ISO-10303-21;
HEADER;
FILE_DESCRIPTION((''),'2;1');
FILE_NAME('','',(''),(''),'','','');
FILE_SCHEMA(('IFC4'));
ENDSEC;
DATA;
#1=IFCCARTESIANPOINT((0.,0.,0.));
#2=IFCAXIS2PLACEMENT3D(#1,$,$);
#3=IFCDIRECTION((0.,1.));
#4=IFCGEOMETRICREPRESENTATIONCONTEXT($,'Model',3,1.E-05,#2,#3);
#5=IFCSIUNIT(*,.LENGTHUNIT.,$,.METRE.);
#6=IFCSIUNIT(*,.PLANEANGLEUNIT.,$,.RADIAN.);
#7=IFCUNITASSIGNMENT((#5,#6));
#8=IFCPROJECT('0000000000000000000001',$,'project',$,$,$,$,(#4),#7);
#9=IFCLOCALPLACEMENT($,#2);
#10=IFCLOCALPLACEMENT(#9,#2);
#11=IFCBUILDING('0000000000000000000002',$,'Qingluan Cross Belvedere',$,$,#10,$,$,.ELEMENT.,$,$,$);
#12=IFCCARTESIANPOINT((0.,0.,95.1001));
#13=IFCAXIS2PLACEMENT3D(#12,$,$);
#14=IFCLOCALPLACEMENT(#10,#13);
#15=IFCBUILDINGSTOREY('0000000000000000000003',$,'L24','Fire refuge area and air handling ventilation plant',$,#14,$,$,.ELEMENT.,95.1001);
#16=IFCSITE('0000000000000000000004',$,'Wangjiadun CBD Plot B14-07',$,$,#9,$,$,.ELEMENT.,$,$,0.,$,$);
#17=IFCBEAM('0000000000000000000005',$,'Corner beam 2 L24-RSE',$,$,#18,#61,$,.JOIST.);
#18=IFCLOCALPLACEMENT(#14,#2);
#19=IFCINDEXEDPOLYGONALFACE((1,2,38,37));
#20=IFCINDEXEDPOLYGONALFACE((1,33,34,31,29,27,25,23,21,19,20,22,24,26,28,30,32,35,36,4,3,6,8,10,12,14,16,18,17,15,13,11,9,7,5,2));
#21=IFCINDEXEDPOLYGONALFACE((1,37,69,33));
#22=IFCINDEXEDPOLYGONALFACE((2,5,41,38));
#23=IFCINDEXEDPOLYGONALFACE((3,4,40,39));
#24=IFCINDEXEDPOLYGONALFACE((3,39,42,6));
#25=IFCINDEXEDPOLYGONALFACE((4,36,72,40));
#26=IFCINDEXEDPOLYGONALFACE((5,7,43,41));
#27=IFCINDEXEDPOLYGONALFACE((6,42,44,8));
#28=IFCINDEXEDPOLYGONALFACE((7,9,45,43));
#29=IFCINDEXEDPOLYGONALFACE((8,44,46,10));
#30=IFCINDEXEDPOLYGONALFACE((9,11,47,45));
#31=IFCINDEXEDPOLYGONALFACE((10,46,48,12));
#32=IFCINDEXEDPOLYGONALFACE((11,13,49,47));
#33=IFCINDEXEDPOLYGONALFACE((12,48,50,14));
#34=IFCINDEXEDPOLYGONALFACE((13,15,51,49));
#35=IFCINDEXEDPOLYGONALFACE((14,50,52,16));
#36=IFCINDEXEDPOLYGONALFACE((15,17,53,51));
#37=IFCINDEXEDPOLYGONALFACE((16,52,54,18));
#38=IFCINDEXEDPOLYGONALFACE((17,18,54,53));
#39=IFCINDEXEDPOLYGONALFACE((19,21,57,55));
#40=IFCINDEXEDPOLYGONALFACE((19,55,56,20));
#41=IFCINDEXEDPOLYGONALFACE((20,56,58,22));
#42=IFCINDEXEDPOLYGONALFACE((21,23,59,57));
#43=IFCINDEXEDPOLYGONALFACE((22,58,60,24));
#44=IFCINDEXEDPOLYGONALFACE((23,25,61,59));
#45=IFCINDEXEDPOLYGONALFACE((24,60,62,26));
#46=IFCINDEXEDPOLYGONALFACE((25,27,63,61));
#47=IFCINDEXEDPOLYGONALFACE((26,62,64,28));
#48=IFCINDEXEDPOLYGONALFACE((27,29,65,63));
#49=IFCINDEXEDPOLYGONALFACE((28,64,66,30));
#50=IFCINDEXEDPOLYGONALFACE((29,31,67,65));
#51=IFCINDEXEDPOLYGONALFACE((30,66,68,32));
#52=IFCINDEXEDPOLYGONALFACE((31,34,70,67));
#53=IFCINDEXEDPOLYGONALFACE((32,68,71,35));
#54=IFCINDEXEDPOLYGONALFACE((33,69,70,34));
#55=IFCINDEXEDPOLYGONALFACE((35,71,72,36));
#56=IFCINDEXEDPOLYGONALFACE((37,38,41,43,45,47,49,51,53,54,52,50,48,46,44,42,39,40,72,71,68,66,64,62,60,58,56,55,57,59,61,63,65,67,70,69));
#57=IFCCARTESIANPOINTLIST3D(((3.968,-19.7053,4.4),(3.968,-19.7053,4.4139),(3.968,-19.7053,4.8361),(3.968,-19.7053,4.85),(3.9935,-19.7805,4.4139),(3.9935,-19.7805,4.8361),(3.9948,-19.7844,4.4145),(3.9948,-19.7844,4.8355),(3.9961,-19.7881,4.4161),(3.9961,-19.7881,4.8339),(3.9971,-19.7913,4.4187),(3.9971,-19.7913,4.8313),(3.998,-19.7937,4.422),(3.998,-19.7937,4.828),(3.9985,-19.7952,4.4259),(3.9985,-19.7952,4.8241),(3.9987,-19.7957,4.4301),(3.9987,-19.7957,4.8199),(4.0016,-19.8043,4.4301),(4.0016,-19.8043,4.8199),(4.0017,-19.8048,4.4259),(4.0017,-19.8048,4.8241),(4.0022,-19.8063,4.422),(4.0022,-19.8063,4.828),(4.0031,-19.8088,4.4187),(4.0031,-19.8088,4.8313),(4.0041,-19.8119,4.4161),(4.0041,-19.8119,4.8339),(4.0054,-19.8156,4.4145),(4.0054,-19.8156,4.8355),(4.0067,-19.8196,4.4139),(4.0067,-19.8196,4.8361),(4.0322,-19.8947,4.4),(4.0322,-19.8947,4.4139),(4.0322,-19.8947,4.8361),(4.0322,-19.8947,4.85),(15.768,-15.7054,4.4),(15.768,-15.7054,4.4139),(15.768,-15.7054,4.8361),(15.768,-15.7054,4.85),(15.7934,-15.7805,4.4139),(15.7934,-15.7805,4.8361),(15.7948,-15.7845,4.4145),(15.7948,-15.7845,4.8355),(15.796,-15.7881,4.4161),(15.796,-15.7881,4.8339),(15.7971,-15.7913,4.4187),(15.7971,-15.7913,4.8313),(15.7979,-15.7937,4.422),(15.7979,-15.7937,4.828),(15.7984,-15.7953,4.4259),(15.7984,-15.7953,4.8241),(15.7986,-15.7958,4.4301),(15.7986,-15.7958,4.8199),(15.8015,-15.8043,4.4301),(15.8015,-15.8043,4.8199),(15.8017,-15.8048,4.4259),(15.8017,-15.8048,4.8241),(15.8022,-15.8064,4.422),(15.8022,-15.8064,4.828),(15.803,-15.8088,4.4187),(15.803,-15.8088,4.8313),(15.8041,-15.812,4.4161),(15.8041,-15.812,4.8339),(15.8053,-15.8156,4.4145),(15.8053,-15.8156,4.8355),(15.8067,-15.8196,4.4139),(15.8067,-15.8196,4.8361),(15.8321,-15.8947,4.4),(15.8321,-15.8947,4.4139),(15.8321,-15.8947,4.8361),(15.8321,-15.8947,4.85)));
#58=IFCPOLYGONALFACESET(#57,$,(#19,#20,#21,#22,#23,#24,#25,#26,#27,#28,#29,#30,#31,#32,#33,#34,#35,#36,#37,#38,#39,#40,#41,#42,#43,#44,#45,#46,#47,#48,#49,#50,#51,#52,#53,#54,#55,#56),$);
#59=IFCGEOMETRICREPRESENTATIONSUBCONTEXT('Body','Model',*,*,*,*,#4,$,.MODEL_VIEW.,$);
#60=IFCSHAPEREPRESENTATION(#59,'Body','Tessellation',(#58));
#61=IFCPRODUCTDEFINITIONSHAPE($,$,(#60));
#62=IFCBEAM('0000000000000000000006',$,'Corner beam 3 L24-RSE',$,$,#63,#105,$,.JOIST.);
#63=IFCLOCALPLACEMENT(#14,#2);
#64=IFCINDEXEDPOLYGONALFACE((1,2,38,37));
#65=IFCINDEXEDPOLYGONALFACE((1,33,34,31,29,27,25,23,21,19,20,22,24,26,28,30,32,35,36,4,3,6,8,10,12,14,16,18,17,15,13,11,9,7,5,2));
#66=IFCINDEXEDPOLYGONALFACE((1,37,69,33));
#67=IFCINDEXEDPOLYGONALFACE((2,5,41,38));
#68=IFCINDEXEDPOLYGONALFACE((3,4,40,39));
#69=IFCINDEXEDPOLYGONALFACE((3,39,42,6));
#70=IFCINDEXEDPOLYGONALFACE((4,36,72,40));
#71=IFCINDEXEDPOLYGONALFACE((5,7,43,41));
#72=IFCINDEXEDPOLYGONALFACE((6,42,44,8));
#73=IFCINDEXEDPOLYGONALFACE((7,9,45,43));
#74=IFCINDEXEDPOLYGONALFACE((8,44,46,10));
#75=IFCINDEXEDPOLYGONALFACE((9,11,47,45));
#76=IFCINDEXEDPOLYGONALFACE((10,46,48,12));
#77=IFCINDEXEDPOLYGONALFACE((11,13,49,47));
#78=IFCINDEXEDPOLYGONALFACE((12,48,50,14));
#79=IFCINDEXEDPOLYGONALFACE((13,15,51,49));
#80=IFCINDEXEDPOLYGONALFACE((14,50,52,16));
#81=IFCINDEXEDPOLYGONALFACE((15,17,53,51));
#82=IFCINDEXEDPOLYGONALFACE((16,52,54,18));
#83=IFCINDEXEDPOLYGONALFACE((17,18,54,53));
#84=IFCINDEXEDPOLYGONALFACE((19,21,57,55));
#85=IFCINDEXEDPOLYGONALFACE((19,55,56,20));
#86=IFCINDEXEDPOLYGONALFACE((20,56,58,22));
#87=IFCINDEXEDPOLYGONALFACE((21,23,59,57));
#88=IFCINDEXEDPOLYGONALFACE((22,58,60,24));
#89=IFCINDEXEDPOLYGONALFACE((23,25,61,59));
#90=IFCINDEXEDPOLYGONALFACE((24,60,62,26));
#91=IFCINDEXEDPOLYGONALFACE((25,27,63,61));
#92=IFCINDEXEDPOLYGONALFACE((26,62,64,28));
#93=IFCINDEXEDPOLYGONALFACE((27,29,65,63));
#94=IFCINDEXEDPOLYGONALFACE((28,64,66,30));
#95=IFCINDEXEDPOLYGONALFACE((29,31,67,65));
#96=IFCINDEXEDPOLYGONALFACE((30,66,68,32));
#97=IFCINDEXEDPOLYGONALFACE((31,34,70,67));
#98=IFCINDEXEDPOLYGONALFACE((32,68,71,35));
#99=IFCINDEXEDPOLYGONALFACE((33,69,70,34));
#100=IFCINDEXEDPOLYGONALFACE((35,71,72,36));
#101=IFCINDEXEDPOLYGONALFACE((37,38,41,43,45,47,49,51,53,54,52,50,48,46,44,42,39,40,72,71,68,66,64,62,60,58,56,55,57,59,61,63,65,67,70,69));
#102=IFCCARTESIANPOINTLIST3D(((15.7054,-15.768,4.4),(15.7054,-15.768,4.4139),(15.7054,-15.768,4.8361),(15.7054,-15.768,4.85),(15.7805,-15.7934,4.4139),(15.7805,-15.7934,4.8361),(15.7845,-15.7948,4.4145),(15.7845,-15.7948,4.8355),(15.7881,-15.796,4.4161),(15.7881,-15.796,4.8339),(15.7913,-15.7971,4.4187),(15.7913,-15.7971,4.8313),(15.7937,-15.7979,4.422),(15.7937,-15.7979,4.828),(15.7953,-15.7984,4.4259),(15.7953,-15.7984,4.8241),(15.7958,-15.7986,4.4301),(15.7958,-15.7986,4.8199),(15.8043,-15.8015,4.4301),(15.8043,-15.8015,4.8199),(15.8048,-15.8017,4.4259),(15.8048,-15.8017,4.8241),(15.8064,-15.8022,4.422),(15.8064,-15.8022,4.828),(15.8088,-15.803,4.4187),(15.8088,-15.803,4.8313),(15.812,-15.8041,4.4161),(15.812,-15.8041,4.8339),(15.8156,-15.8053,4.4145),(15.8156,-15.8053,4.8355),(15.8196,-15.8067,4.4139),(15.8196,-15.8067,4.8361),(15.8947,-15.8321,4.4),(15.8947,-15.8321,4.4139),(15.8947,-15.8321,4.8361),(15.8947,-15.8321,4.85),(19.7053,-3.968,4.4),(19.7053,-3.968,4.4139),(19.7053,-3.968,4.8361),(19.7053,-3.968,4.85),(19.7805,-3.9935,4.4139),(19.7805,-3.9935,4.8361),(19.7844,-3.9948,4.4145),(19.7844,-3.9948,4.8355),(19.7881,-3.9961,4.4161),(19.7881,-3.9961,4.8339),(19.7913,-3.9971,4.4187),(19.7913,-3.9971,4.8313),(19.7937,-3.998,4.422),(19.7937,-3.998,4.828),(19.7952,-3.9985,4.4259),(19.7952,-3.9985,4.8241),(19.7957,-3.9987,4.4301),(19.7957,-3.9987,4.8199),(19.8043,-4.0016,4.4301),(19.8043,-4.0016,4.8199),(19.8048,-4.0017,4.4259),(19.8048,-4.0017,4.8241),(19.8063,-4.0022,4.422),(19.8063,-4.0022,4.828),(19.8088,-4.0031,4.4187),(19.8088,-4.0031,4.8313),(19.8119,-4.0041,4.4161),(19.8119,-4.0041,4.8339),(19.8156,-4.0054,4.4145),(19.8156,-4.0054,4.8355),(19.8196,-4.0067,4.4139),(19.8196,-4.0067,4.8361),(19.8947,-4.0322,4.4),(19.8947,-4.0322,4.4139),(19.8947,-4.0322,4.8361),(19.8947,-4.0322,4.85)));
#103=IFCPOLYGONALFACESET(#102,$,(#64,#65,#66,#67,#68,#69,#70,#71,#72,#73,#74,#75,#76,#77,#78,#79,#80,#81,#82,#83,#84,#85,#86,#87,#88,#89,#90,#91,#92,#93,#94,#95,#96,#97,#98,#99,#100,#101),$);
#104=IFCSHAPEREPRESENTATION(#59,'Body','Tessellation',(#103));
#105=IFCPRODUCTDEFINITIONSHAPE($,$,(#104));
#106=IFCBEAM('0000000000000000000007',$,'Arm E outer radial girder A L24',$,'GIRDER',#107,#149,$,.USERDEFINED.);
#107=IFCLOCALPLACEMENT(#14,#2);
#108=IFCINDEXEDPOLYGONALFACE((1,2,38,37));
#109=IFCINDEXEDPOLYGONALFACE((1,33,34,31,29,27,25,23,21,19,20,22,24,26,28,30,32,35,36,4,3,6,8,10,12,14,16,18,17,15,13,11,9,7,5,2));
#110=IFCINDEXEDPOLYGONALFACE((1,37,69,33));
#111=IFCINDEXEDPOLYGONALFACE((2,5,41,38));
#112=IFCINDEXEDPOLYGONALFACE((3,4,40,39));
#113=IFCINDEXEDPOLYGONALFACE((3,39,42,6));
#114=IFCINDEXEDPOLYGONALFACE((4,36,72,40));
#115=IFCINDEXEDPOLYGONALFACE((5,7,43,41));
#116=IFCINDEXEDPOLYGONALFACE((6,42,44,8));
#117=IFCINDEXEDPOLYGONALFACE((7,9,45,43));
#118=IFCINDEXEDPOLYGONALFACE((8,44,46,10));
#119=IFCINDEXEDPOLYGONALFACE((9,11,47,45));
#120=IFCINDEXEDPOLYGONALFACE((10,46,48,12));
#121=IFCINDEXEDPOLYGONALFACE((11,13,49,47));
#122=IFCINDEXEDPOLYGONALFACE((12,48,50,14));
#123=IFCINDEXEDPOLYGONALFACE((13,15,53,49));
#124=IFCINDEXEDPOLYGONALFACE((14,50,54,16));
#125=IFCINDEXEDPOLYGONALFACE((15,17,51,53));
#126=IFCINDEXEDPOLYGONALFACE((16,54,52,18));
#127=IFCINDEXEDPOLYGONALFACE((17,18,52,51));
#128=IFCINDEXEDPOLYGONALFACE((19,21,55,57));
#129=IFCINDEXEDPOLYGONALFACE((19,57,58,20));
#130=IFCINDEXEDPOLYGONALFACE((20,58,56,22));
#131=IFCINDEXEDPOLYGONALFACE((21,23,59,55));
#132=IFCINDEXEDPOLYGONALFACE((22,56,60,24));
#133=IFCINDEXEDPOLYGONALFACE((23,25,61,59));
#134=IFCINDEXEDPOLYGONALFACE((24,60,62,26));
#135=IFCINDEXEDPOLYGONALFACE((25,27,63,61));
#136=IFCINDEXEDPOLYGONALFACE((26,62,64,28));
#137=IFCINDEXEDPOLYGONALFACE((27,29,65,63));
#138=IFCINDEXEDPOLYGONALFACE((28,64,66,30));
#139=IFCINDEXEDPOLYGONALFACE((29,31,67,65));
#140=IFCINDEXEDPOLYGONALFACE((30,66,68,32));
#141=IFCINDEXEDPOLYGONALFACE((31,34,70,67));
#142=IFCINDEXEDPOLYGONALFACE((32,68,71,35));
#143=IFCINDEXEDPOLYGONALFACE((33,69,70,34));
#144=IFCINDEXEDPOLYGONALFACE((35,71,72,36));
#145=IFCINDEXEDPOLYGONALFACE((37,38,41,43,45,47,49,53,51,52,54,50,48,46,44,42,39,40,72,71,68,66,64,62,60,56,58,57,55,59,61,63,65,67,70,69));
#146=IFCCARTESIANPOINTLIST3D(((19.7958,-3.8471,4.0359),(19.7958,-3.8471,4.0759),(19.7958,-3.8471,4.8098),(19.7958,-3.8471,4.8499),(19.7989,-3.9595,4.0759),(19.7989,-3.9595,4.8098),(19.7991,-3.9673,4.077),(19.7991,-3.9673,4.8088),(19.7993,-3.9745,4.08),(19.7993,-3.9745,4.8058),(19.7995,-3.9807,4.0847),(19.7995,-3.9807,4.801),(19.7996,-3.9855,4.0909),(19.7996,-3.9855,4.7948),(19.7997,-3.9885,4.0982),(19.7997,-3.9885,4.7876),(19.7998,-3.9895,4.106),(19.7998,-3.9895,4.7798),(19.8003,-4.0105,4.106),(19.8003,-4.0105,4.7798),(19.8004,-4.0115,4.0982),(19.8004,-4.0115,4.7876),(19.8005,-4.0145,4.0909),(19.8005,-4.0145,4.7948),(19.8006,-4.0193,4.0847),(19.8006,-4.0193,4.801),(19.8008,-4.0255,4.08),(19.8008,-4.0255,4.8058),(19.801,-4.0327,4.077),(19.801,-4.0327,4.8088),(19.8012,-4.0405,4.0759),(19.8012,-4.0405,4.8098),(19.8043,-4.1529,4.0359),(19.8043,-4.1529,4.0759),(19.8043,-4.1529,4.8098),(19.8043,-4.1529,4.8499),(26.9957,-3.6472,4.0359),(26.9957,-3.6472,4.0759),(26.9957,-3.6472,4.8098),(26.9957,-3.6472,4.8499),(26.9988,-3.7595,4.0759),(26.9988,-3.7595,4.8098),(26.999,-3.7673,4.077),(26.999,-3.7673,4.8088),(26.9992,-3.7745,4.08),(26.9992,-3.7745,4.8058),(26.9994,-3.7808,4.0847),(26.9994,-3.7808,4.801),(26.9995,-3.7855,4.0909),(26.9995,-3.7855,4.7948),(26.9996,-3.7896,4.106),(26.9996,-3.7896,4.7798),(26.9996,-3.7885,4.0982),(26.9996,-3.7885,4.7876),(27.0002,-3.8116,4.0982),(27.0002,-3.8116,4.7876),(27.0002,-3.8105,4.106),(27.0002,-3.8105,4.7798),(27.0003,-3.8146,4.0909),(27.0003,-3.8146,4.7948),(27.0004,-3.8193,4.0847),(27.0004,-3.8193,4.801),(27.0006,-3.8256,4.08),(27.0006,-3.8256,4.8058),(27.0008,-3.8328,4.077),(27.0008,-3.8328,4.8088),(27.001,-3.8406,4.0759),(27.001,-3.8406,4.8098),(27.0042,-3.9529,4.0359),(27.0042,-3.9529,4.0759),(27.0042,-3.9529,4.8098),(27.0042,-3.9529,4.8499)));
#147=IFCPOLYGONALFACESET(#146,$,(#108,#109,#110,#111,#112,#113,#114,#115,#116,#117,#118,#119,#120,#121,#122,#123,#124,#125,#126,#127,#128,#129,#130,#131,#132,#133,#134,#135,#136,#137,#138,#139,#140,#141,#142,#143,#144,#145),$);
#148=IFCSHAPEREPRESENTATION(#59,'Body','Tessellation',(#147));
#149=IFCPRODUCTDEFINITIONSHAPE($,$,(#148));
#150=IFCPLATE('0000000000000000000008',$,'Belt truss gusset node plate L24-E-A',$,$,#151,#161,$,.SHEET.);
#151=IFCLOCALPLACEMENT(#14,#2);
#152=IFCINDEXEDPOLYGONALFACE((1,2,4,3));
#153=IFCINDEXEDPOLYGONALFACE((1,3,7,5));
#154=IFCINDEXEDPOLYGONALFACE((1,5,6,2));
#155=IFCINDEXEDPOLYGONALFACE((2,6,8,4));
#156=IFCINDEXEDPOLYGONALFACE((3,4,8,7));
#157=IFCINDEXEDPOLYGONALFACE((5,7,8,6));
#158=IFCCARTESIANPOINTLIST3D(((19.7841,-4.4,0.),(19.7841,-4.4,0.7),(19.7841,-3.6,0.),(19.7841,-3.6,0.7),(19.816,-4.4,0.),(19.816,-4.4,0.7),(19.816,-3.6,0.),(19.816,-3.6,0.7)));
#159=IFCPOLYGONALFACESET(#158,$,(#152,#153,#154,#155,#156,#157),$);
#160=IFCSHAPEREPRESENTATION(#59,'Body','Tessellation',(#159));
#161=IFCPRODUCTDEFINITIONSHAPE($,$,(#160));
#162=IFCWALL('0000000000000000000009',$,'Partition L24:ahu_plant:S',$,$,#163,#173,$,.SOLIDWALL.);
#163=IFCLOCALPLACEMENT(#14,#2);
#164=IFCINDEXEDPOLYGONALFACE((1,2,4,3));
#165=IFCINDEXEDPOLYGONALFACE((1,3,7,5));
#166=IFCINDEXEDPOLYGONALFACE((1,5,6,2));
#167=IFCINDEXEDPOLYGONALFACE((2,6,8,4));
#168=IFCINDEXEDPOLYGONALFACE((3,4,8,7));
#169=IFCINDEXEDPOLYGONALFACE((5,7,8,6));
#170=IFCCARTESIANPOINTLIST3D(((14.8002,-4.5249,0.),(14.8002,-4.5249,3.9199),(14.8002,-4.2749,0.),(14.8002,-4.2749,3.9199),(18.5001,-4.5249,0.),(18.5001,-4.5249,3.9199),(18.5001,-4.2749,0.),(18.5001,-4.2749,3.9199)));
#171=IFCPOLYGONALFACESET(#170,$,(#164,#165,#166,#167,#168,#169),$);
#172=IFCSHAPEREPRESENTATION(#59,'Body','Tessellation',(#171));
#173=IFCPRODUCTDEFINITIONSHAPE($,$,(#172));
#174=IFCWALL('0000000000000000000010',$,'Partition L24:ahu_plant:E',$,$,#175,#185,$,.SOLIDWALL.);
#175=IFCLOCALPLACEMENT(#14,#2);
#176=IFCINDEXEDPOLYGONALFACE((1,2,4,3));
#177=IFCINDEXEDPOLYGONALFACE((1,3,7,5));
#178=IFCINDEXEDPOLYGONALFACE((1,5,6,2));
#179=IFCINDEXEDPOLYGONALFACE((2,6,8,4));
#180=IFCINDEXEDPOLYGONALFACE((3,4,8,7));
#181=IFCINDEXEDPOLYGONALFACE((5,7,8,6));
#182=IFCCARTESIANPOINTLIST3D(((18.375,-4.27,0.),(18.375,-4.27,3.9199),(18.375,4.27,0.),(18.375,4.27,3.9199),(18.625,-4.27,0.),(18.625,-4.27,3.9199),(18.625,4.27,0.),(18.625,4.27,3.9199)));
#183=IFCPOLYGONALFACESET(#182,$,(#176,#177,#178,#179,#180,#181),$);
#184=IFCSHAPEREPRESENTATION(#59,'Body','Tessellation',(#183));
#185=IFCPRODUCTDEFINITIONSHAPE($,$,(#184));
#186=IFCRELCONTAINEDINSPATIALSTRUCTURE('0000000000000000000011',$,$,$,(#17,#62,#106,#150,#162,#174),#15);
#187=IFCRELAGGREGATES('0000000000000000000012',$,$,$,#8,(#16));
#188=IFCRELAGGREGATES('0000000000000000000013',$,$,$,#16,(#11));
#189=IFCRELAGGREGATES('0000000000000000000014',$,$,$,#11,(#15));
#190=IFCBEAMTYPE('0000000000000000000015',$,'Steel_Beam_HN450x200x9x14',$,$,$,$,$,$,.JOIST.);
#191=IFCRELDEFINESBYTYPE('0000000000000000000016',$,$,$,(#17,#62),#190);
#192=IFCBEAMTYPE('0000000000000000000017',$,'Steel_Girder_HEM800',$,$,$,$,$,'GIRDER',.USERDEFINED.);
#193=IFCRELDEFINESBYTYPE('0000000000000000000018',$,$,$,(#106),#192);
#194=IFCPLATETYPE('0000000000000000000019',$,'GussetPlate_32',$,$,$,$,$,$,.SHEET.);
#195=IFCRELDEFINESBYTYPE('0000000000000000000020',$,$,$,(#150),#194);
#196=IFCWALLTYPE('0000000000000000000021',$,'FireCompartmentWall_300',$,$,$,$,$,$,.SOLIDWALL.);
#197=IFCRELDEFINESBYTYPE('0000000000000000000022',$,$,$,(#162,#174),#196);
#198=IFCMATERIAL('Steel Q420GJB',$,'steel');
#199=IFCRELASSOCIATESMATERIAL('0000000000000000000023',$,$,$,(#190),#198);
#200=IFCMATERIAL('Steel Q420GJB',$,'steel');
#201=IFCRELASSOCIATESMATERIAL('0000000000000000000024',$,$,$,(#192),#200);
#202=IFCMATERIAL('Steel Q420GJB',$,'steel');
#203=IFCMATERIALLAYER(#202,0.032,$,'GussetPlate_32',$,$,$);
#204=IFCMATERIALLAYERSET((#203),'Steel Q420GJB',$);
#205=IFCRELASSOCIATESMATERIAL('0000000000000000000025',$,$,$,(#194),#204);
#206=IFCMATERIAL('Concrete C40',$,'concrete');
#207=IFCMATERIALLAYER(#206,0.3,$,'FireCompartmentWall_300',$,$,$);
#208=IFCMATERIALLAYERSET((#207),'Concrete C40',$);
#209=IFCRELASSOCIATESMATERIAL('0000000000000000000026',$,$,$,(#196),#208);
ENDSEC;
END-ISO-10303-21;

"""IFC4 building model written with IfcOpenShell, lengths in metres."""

from ifc_helpers import new_model, si_unit, direction, frame, frame_2d, origin, origin_2d, place, context, subcontext, project, spatial, rectangle, i_section, extrude, material, layer, layer_set, material_profile, profile_set, type_object, element, save


model = new_model("IFC4")

# Units and contexts
model_context = context("Model", 3, precision=1e-05, world=origin(), true_north=direction((0.0, 1.0)))
body_context = subcontext(model_context, "Body", "Model", "MODEL_VIEW")
ifc_project = project(units=[si_unit("LENGTHUNIT", "METRE"), si_unit("PLANEANGLEUNIT", "RADIAN")], contexts=[model_context])

# Site, building, storey
site_placement = place(None, origin())
site = spatial("IfcSite", under=ifc_project, at=site_placement, Name="Wangjiadun CBD Plot B14-07", CompositionType="ELEMENT", RefElevation=0.0)
building_placement = place(site_placement, origin())
building = spatial("IfcBuilding", under=site, at=building_placement, Name="Qingluan Cross Belvedere", CompositionType="ELEMENT")
storey_placement = place(building_placement, frame((0.0, 0.0, 95.1001)))
storey = spatial("IfcBuildingStorey", under=building, at=storey_placement, Name="L24", Description="Fire refuge area and air handling ventilation plant", CompositionType="ELEMENT", Elevation=95.1001)

# Beams
ifc_material_1 = material(Name="Steel Q420GJB", Category="steel")
ifc_material_profile_1 = material_profile(ifc_material_1, i_section(OverallWidth=0.2, OverallDepth=0.45, WebThickness=0.009, FlangeThickness=0.0139, FilletRadius=0.0161, at=origin_2d()), Name="HN450x200x9x14")
ifc_profile_set_1 = profile_set([ifc_material_profile_1], Name="Steel Q420GJB")
beam_type_1 = type_object("IfcBeamType", Name="Steel_Beam_HN450x200x9x14", PredefinedType="JOIST", material=ifc_profile_set_1)
for number, where, z_axis, x_axis, name in (
    (1, (15.8, -15.8, 4.625), (-0.947066, -0.321038, 0.0), (0.321038, -0.947066, 0.0), "Corner beam 2 L24-RSE"),
    (2, (15.8, -15.8, 4.625), (0.321038, 0.947066, 0.0), (-0.947066, 0.321038, 0.0), "Corner beam 3 L24-RSE"),
):
    element("IfcBeam", number, at=place(storey_placement, frame(where, z_axis=z_axis, x_axis=x_axis)), inside=storey, type_object=beam_type_1, Name=name, PredefinedType="JOIST", context=body_context, shape_type="SweptSolid", body=[
        extrude(i_section(OverallWidth=0.2, OverallDepth=0.45, WebThickness=0.009, FlangeThickness=0.0139, FilletRadius=0.0161, at=origin_2d()), origin(), (0.0, 0.0, 1.0), 12.4595),
    ])
ifc_material_2 = material(Name="Steel Q420GJB", Category="steel")
ifc_material_profile_2 = material_profile(ifc_material_2, i_section(OverallWidth=0.3059, OverallDepth=0.814, WebThickness=0.021, FlangeThickness=0.04, FilletRadius=0.03, at=origin_2d()), Name="HEM800")
ifc_profile_set_2 = profile_set([ifc_material_profile_2], Name="Steel Q420GJB")
beam_type_2 = type_object("IfcBeamType", Name="Steel_Girder_HEM800", ElementType="GIRDER", PredefinedType="USERDEFINED", material=ifc_profile_set_2)
beam_1_placement = place(storey_placement, frame((19.8, -4.0, 4.4429), z_axis=(0.999615, 0.02776, 0.0), x_axis=(-0.02776, 0.999615, 0.0)))
element("IfcBeam", 3, at=beam_1_placement, inside=storey, type_object=beam_type_2, Name="Arm E outer radial girder A L24", ObjectType="GIRDER", PredefinedType="USERDEFINED", context=body_context, shape_type="SweptSolid", body=[
    extrude(i_section(OverallWidth=0.3059, OverallDepth=0.814, WebThickness=0.021, FlangeThickness=0.04, FilletRadius=0.03, at=origin_2d()), origin(), (0.0, 0.0, 1.0), 7.2026),
])

# Plate
ifc_material_3 = material(Name="Steel Q420GJB", Category="steel")
ifc_layer_1 = layer(ifc_material_3, 0.032, Name="GussetPlate_32")
ifc_layer_set_1 = layer_set([ifc_layer_1], Name="Steel Q420GJB")
plate_type = type_object("IfcPlateType", Name="GussetPlate_32", PredefinedType="SHEET", material=ifc_layer_set_1)
plate_placement = place(storey_placement, frame((19.8, -4.0, 0.0), z_axis=(0.0, 0.0, 1.0), x_axis=(0.0, 1.0, 0.0)))
element("IfcPlate", 4, at=plate_placement, inside=storey, type_object=plate_type, Name="Belt truss gusset node plate L24-E-A", PredefinedType="SHEET", context=body_context, shape_type="SweptSolid", body=[
    extrude(rectangle(XDim=0.8, YDim=0.032, at=origin_2d()), origin(), (0.0, 0.0, 1.0), 0.7),
])

# Wall
ifc_material_4 = material(Name="Concrete C40", Category="concrete")
ifc_layer_2 = layer(ifc_material_4, 0.3, Name="FireCompartmentWall_300")
ifc_layer_set_2 = layer_set([ifc_layer_2], Name="Concrete C40")
wall_type_1 = type_object("IfcWallType", Name="FireCompartmentWall_300", PredefinedType="SOLIDWALL", material=ifc_layer_set_2)
wall_1_placement = place(storey_placement, frame((14.8, -4.3999, 0.0), z_axis=(0.0, 0.0, 1.0), x_axis=(1.0, 0.0, 0.0)))
element("IfcWall", 5, at=wall_1_placement, inside=storey, type_object=wall_type_1, Name="Partition L24:ahu_plant:S", PredefinedType="SOLIDWALL", context=body_context, shape_type="SweptSolid", body=[
    extrude(rectangle(XDim=3.7, YDim=0.25, at=frame_2d((1.8501, 0.0))), origin(), (0.0, 0.0, 1.0), 3.9199),
])

# Wall
wall_2_placement = place(storey_placement, frame((18.5, -4.27, 0.0), z_axis=(0.0, 0.0, 1.0), x_axis=(0.0, 1.0, 0.0)))
element("IfcWall", 6, at=wall_2_placement, inside=storey, type_object=wall_type_1, Name="Partition L24:ahu_plant:E", PredefinedType="SOLIDWALL", context=body_context, shape_type="SweptSolid", body=[
    extrude(rectangle(XDim=8.54, YDim=0.25, at=frame_2d((4.27, 0.0))), origin(), (0.0, 0.0, 1.0), 3.9199),
])

save(model, "model.ifc")
